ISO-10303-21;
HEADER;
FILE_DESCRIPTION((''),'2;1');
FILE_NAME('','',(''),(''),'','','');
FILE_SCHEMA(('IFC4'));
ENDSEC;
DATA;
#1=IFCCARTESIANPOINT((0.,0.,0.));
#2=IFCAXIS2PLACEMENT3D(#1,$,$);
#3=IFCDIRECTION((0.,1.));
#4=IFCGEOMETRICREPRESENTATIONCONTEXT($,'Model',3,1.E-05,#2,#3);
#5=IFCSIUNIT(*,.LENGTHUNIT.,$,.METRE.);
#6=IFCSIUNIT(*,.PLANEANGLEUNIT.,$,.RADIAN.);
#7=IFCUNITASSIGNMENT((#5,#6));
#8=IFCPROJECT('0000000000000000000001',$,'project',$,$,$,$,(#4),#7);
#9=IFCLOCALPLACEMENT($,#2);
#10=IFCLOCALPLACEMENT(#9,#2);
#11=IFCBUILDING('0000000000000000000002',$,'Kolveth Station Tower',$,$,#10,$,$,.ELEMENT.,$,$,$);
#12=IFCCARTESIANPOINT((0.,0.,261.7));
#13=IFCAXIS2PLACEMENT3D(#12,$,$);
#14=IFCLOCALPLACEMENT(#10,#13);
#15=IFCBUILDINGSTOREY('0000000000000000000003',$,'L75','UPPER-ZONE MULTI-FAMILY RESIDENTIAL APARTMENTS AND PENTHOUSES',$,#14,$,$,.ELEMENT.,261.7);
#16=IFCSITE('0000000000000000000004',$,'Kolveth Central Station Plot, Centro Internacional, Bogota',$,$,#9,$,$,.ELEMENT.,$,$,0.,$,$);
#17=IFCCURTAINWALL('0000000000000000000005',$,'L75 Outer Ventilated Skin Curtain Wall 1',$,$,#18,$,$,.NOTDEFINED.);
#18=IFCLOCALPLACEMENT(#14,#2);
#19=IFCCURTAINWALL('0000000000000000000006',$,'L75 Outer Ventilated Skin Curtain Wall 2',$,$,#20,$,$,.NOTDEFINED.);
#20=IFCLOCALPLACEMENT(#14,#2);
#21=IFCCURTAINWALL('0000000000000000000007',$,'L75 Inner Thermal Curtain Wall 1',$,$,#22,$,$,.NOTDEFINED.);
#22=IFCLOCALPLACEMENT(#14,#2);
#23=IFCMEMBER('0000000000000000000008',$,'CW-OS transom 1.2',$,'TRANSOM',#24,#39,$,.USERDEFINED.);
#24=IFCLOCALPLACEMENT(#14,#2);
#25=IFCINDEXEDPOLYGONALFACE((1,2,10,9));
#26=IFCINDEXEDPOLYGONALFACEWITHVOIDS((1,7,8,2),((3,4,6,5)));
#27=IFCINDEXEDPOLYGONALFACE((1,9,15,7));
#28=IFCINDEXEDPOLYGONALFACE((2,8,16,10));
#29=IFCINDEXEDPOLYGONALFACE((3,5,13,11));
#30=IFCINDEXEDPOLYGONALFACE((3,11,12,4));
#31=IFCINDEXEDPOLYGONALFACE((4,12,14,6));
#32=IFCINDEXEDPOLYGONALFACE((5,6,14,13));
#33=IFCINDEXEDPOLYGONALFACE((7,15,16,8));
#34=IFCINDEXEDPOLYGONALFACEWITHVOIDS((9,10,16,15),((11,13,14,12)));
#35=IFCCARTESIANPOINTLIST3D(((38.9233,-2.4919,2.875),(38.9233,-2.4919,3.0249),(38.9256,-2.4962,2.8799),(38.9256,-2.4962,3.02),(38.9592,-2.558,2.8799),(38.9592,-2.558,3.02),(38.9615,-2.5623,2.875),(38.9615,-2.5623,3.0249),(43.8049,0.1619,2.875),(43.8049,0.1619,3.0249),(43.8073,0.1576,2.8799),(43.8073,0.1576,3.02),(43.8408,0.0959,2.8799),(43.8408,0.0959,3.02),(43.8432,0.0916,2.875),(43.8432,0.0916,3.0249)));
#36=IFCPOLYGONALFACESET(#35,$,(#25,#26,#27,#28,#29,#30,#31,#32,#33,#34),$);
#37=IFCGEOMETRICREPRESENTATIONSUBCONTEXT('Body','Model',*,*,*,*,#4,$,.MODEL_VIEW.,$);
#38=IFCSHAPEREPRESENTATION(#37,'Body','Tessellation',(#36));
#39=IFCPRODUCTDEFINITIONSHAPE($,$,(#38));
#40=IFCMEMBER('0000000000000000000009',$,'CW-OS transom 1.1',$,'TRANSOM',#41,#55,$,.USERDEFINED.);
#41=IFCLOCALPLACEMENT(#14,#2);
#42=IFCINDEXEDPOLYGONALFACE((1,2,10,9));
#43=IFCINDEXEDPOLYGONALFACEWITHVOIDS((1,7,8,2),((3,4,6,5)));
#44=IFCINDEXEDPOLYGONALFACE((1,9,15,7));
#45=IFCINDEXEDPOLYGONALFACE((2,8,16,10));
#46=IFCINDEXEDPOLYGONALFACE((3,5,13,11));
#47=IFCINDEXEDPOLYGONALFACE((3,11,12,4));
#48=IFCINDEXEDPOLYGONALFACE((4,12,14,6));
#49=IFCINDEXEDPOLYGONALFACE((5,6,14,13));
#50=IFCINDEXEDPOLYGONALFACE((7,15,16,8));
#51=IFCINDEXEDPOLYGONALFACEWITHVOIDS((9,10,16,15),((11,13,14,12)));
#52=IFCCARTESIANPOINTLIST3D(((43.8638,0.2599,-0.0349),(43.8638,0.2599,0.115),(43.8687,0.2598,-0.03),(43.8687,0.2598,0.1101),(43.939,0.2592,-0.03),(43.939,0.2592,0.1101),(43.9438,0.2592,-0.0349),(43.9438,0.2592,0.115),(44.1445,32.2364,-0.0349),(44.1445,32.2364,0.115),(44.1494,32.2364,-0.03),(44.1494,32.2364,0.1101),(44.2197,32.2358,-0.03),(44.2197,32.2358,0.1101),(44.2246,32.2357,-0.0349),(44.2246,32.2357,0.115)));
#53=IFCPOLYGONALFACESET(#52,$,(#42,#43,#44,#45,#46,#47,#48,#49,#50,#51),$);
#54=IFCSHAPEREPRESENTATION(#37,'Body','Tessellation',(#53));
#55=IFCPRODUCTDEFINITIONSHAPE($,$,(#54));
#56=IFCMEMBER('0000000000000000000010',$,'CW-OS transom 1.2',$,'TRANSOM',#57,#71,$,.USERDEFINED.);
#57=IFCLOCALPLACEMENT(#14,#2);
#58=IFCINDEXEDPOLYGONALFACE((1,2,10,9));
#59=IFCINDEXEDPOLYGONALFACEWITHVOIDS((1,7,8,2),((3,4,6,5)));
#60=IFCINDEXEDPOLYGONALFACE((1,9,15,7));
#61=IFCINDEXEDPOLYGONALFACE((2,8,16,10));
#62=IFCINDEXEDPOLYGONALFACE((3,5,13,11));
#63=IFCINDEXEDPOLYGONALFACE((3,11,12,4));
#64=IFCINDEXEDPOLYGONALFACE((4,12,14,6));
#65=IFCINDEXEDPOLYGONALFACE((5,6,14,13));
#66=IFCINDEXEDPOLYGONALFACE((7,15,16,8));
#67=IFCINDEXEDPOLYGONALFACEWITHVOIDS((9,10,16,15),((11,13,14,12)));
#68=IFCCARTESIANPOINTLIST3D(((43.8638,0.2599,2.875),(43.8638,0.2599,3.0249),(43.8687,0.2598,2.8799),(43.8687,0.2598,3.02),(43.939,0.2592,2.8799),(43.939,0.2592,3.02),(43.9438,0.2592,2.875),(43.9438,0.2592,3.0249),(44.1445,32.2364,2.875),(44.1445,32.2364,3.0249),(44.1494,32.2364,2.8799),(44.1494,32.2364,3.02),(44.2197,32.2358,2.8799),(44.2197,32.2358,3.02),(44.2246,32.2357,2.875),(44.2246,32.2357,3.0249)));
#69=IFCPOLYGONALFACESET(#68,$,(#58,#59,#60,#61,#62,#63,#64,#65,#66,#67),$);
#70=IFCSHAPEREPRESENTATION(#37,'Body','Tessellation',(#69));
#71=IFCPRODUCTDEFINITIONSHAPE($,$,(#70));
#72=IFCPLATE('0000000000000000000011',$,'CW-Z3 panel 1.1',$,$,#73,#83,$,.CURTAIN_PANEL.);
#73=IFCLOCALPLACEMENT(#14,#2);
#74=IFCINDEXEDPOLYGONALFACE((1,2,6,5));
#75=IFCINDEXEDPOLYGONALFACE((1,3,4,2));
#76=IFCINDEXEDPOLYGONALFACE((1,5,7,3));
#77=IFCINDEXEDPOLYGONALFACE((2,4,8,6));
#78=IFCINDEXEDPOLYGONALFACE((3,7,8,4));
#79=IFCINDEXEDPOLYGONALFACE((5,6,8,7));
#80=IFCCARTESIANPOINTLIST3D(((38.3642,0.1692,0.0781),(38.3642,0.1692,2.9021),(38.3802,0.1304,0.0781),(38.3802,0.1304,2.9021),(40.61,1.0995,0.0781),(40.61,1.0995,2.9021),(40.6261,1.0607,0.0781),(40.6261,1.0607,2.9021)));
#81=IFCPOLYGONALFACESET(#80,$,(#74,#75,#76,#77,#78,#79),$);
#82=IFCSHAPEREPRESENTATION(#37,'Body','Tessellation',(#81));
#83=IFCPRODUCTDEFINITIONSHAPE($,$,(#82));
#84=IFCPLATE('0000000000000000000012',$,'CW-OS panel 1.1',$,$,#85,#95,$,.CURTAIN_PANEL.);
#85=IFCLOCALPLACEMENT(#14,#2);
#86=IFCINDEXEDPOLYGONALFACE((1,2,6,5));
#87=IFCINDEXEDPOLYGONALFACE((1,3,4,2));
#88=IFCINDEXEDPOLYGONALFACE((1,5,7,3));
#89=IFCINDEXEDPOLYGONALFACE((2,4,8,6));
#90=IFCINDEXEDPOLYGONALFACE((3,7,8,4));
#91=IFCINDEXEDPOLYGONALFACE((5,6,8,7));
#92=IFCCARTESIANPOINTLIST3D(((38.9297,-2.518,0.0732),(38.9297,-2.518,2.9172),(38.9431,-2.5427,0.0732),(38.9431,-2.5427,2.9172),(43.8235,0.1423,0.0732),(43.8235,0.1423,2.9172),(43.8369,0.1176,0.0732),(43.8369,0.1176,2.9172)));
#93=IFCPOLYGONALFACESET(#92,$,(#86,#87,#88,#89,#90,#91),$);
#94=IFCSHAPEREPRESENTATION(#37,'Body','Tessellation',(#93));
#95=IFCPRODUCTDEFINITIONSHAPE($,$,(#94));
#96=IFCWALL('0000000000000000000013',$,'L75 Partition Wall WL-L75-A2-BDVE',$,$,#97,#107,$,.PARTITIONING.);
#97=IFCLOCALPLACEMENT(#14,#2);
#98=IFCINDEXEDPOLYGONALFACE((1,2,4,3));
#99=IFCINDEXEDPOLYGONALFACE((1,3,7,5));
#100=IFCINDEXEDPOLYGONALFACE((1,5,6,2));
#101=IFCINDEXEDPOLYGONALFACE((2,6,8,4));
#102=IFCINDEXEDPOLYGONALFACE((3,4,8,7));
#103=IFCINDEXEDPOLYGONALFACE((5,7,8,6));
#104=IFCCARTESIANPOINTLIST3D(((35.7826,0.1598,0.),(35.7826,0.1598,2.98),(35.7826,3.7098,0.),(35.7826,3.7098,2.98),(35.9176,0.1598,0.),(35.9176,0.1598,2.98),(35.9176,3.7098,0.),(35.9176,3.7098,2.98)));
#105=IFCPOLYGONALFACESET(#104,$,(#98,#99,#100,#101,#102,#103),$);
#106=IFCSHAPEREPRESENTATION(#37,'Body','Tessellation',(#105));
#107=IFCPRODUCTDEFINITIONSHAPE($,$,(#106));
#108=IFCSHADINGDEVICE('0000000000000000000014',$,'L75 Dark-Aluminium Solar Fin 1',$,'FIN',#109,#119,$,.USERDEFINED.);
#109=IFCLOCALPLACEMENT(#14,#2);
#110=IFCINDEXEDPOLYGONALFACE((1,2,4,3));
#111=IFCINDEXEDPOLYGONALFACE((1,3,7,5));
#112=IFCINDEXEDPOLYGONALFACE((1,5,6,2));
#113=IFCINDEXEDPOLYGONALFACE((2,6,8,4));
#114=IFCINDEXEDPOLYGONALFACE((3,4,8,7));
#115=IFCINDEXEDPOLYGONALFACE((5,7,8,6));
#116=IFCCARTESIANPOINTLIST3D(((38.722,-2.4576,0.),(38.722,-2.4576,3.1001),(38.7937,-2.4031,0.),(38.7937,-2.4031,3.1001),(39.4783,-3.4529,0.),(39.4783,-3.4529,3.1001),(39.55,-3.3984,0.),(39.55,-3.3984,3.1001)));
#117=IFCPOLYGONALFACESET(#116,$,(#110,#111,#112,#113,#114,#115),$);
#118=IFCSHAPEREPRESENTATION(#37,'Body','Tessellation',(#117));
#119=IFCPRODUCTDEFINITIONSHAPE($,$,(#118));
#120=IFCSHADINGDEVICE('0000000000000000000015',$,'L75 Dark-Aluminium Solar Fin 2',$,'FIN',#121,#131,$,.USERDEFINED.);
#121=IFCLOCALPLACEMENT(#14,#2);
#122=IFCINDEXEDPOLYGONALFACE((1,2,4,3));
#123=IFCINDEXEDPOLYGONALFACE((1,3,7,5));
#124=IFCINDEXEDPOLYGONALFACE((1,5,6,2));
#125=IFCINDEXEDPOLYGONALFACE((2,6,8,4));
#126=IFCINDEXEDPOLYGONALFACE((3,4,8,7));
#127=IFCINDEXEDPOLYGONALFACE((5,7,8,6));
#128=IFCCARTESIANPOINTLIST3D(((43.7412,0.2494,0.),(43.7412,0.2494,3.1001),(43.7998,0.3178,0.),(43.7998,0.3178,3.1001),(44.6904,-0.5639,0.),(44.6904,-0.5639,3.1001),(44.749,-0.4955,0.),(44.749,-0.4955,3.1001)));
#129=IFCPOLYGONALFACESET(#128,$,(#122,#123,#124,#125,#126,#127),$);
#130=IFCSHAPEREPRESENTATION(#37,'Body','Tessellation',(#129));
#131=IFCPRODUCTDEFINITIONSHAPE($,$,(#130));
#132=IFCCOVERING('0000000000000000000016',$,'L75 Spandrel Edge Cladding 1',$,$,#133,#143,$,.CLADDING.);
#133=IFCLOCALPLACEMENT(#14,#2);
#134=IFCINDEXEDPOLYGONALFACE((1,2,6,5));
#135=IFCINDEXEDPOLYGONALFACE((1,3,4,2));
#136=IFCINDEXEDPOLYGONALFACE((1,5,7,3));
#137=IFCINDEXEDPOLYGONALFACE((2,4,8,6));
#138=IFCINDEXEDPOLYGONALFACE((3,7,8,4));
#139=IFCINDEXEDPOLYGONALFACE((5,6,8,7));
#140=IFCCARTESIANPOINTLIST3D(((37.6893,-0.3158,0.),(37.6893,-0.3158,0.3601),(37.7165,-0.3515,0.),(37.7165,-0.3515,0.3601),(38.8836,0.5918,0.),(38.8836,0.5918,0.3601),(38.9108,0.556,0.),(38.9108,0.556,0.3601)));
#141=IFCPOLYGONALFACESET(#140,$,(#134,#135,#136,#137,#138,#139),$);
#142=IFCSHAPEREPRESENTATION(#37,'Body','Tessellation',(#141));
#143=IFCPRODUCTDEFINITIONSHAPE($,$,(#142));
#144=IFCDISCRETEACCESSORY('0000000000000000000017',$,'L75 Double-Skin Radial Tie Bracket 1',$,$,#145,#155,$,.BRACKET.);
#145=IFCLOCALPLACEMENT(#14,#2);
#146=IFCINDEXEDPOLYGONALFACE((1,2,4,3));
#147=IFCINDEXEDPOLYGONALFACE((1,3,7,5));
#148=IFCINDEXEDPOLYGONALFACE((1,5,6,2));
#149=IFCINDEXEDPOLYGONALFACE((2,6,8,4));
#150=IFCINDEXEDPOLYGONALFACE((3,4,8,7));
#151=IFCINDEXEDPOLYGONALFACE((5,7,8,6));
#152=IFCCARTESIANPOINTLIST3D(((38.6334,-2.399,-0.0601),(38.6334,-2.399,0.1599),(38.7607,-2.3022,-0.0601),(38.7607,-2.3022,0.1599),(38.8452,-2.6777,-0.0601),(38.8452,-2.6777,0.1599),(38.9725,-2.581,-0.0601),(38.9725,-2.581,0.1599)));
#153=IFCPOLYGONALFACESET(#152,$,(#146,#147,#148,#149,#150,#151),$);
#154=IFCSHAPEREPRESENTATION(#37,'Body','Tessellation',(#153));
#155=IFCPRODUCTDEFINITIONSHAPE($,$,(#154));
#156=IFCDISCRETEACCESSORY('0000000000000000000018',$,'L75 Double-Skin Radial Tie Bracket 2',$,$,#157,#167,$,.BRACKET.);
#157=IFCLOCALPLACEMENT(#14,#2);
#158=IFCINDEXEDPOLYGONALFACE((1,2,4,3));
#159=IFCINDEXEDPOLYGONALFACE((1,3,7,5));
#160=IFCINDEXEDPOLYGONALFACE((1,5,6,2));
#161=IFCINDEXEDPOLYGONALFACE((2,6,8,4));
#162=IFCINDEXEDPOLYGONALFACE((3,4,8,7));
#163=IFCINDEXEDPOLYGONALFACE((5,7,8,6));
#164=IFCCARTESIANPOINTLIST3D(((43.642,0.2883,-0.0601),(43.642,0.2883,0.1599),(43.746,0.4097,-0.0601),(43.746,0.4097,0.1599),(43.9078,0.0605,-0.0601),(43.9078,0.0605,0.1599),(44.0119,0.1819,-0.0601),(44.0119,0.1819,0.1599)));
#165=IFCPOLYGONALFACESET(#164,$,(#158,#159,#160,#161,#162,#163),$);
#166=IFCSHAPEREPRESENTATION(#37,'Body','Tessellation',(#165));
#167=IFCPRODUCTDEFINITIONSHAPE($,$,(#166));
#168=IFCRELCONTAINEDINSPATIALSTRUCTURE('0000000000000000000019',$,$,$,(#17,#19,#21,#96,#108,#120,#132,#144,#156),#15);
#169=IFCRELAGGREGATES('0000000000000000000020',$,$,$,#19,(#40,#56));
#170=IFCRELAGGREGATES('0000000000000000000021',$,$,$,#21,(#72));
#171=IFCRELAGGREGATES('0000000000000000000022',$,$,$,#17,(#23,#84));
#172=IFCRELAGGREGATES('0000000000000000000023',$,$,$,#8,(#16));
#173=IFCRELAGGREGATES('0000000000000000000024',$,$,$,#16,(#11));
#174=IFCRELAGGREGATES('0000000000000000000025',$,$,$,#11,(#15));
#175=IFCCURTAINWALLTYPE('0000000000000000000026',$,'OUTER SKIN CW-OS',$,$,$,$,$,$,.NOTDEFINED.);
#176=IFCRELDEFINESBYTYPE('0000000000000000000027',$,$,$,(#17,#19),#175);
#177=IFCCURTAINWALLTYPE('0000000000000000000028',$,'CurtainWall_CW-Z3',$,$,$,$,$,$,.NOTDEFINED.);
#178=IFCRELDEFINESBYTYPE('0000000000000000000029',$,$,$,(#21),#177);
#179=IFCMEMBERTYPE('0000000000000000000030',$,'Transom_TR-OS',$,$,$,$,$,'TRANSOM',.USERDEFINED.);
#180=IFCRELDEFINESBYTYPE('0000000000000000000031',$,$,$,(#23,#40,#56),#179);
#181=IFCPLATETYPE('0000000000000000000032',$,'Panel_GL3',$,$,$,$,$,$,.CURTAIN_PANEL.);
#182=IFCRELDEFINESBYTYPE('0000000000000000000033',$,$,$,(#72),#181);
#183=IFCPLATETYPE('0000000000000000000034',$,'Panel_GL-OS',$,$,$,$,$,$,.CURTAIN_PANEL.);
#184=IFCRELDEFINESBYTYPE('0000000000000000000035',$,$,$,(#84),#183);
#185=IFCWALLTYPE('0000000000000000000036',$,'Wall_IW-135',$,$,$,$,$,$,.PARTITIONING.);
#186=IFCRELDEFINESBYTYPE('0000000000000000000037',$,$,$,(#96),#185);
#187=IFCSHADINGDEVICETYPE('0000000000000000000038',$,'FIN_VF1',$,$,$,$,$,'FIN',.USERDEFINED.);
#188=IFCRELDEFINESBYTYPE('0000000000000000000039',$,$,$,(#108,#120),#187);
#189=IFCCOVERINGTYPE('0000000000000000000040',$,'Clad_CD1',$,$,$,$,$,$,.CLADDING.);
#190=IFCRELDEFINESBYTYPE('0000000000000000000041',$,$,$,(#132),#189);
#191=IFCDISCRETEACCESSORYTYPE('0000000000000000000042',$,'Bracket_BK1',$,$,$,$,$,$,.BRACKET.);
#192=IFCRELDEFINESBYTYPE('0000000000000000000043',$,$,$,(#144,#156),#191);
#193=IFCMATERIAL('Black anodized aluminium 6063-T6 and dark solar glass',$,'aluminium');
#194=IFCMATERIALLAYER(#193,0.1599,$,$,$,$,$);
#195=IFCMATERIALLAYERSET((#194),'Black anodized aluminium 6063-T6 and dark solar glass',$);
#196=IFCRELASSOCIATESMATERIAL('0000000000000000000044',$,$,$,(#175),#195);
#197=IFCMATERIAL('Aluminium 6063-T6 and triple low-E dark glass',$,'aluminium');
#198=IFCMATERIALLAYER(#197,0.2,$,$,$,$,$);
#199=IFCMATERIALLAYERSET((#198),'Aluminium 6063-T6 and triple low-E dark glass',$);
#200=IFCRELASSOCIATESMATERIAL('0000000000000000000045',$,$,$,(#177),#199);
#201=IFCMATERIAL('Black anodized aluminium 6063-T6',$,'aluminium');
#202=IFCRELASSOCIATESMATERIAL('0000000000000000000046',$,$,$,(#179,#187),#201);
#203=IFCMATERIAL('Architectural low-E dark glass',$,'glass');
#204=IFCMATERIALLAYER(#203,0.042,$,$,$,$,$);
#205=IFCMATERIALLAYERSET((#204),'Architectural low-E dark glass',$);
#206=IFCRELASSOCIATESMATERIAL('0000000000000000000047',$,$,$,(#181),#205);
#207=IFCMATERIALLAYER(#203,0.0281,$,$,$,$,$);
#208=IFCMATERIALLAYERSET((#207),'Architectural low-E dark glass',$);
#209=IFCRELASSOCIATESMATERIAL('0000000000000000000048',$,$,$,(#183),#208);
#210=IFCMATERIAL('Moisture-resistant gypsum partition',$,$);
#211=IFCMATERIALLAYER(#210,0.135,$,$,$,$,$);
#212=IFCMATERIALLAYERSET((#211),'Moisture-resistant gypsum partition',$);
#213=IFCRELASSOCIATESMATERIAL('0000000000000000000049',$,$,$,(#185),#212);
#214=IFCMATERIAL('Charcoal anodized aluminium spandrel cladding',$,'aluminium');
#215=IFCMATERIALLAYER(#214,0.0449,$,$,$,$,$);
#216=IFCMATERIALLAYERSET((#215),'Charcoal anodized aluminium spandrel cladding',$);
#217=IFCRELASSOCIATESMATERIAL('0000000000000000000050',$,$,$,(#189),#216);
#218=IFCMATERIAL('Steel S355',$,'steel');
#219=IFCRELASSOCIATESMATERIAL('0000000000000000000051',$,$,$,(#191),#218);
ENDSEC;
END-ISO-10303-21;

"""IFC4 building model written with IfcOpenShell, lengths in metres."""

from ifc_helpers import new_model, si_unit, direction, frame, frame_2d, origin, origin_2d, place, context, subcontext, project, spatial, rectangle, hollow_rectangle, extrude, source, transform, mapped, material, layer, layer_set, material_profile, profile_set, type_object, element, aggregate, save


model = new_model("IFC4")

# Units and contexts
model_context = context("Model", 3, precision=1e-05, world=origin(), true_north=direction((0.0, 1.0)))
body_context = subcontext(model_context, "Body", "Model", "MODEL_VIEW")
ifc_project = project(units=[si_unit("LENGTHUNIT", "METRE"), si_unit("PLANEANGLEUNIT", "RADIAN")], contexts=[model_context])

# Site, building, storey
site_placement = place(None, origin())
site = spatial("IfcSite", under=ifc_project, at=site_placement, Name="Kolveth Central Station Plot, Centro Internacional, Bogota", CompositionType="ELEMENT", RefElevation=0.0)
building_placement = place(site_placement, origin())
building = spatial("IfcBuilding", under=site, at=building_placement, Name="Kolveth Station Tower", CompositionType="ELEMENT")
storey_placement = place(building_placement, frame((0.0, 0.0, 261.7)))
storey = spatial("IfcBuildingStorey", under=building, at=storey_placement, Name="L75", Description="UPPER-ZONE MULTI-FAMILY RESIDENTIAL APARTMENTS AND PENTHOUSES", CompositionType="ELEMENT", Elevation=261.7)

# Curtain wall
ifc_material_1 = material(Name="Black anodized aluminium 6063-T6 and dark solar glass", Category="aluminium")
ifc_layer_1 = layer(ifc_material_1, 0.1599)
ifc_layer_set_1 = layer_set([ifc_layer_1], Name="Black anodized aluminium 6063-T6 and dark solar glass")
curtain_wall_type_1 = type_object("IfcCurtainWallType", Name="OUTER SKIN CW-OS", PredefinedType="NOTDEFINED", material=ifc_layer_set_1)
curtain_wall_1_placement = place(storey_placement, origin())
curtain_wall_1 = element("IfcCurtainWall", 1, at=curtain_wall_1_placement, inside=storey, type_object=curtain_wall_type_1, Name="L75 Outer Ventilated Skin Curtain Wall 1", PredefinedType="NOTDEFINED")
ifc_material_2 = material(Name="Black anodized aluminium 6063-T6", Category="aluminium")

# Curtain wall
curtain_wall_2_placement = place(storey_placement, origin())
curtain_wall_2 = element("IfcCurtainWall", 2, at=curtain_wall_2_placement, inside=storey, type_object=curtain_wall_type_1, Name="L75 Outer Ventilated Skin Curtain Wall 2", PredefinedType="NOTDEFINED")

# Curtain wall
ifc_material_3 = material(Name="Aluminium 6063-T6 and triple low-E dark glass", Category="aluminium")
ifc_layer_2 = layer(ifc_material_3, 0.2)
ifc_layer_set_2 = layer_set([ifc_layer_2], Name="Aluminium 6063-T6 and triple low-E dark glass")
curtain_wall_type_2 = type_object("IfcCurtainWallType", Name="CurtainWall_CW-Z3", PredefinedType="NOTDEFINED", material=ifc_layer_set_2)
curtain_wall_3_placement = place(storey_placement, origin())
curtain_wall_3 = element("IfcCurtainWall", 3, at=curtain_wall_3_placement, inside=storey, type_object=curtain_wall_type_2, Name="L75 Inner Thermal Curtain Wall 1", PredefinedType="NOTDEFINED")

# Members
ifc_material_profile_1 = material_profile(ifc_material_2, hollow_rectangle(XDim=0.0801, YDim=0.1499, WallThickness=0.0049, at=origin_2d()), Name="ALU-80x150x5")
ifc_profile_set_1 = profile_set([ifc_material_profile_1], Name="Black anodized aluminium 6063-T6")
member_type_1 = type_object("IfcMemberType", Name="Transom_TR-OS", ElementType="TRANSOM", PredefinedType="USERDEFINED", material=ifc_profile_set_1)
shared_shape_1 = source(origin(), body_context, "Body", "SweptSolid", [
    extrude(hollow_rectangle(XDim=0.0801, YDim=0.1499, WallThickness=0.0049, at=origin_2d()), origin(), (0.0, 0.0, 1.0), 5.5564),
])
member_1_placement = place(storey_placement, frame((38.9424, -2.5271, 2.95), z_axis=(0.878566, 0.47762, 0.0), x_axis=(-0.47762, 0.878566, 0.0)))
member_1 = element("IfcMember", 4, at=member_1_placement, type_object=member_type_1, Name="CW-OS transom 1.2", ObjectType="TRANSOM", PredefinedType="USERDEFINED", context=body_context, shape_type="MappedRepresentation", body=[
    mapped(shared_shape_1, transform((0.0, 0.0, 0.0), x_axis=(1.0, 0.0, 0.0), y_axis=(0.0, 1.0, 0.0), z_axis=(0.0, 0.0, 1.0), scale=1.0)),
])
shared_shape_2 = source(origin(), body_context, "Body", "SweptSolid", [
    extrude(hollow_rectangle(XDim=0.0801, YDim=0.1499, WallThickness=0.0049, at=origin_2d()), origin(), (0.0, 0.0, 1.0), 31.9778),
])
member_2_placement = place(storey_placement, frame((43.9038, 0.2595, 0.04), z_axis=(0.00878, 0.999961, 0.0), x_axis=(-0.999961, 0.00878, 0.0)))
member_2 = element("IfcMember", 5, at=member_2_placement, type_object=member_type_1, Name="CW-OS transom 1.1", ObjectType="TRANSOM", PredefinedType="USERDEFINED", context=body_context, shape_type="MappedRepresentation", body=[
    mapped(shared_shape_2, transform((0.0, 0.0, 0.0), x_axis=(1.0, 0.0, 0.0), y_axis=(0.0, 1.0, 0.0), z_axis=(0.0, 0.0, 1.0), scale=1.0)),
])
member_3_placement = place(storey_placement, frame((43.9038, 0.2595, 2.95), z_axis=(0.00878, 0.999961, 0.0), x_axis=(-0.999961, 0.00878, 0.0)))
member_3 = element("IfcMember", 6, at=member_3_placement, type_object=member_type_1, Name="CW-OS transom 1.2", ObjectType="TRANSOM", PredefinedType="USERDEFINED", context=body_context, shape_type="MappedRepresentation", body=[
    mapped(shared_shape_2, transform((0.0, 0.0, 0.0), x_axis=(1.0, 0.0, 0.0), y_axis=(0.0, 1.0, 0.0), z_axis=(0.0, 0.0, 1.0), scale=1.0)),
])
aggregate(curtain_wall_2, [member_2, member_3])

# Plates
ifc_material_4 = material(Name="Architectural low-E dark glass", Category="glass")
ifc_layer_3 = layer(ifc_material_4, 0.042)
ifc_layer_set_3 = layer_set([ifc_layer_3], Name="Architectural low-E dark glass")
plate_type_1 = type_object("IfcPlateType", Name="Panel_GL3", PredefinedType="CURTAIN_PANEL", material=ifc_layer_set_3)
shared_shape_3 = source(origin(), body_context, "Body", "SweptSolid", [
    extrude(rectangle(XDim=2.4309, YDim=0.042, at=origin_2d()), origin(), (0.0, 0.0, 1.0), 2.824),
])
plate_1_placement = place(storey_placement, frame((39.4951, 0.615, 0.0781), z_axis=(0.0, 0.0, 1.0), x_axis=(0.923875, 0.382693, 0.0)))
plate_1 = element("IfcPlate", 7, at=plate_1_placement, type_object=plate_type_1, Name="CW-Z3 panel 1.1", PredefinedType="CURTAIN_PANEL", context=body_context, shape_type="MappedRepresentation", body=[
    mapped(shared_shape_3, transform((0.0, 0.0, 0.0), x_axis=(1.0, 0.0, 0.0), y_axis=(0.0, 1.0, 0.0), z_axis=(0.0, 0.0, 1.0), scale=1.0)),
])
aggregate(curtain_wall_3, [plate_1])
ifc_layer_4 = layer(ifc_material_4, 0.0281)
ifc_layer_set_4 = layer_set([ifc_layer_4], Name="Architectural low-E dark glass")
plate_type_2 = type_object("IfcPlateType", Name="Panel_GL-OS", PredefinedType="CURTAIN_PANEL", material=ifc_layer_set_4)
shared_shape_4 = source(origin(), body_context, "Body", "SweptSolid", [
    extrude(rectangle(XDim=5.5701, YDim=0.0281, at=origin_2d()), origin(), (0.0, 0.0, 1.0), 2.844),
])
plate_2_placement = place(storey_placement, frame((41.3833, -1.2002, 0.0732), z_axis=(0.0, 0.0, 1.0), x_axis=(0.878574, 0.477606, 0.0)))
plate_2 = element("IfcPlate", 8, at=plate_2_placement, type_object=plate_type_2, Name="CW-OS panel 1.1", PredefinedType="CURTAIN_PANEL", context=body_context, shape_type="MappedRepresentation", body=[
    mapped(shared_shape_4, transform((0.0, 0.0, 0.0), x_axis=(1.0, 0.0, 0.0), y_axis=(0.0, 1.0, 0.0), z_axis=(0.0, 0.0, 1.0), scale=1.0)),
])
aggregate(curtain_wall_1, [member_1, plate_2])

# Wall
ifc_material_5 = material(Name="Moisture-resistant gypsum partition")
ifc_layer_5 = layer(ifc_material_5, 0.135)
ifc_layer_set_5 = layer_set([ifc_layer_5], Name="Moisture-resistant gypsum partition")
wall_type = type_object("IfcWallType", Name="Wall_IW-135", PredefinedType="PARTITIONING", material=ifc_layer_set_5)
wall_placement = place(storey_placement, frame((35.8501, 0.1599, 0.0), z_axis=(0.0, 0.0, 1.0), x_axis=(0.0, 1.0, 0.0)))
element("IfcWall", 9, at=wall_placement, inside=storey, type_object=wall_type, Name="L75 Partition Wall WL-L75-A2-BDVE", PredefinedType="PARTITIONING", context=body_context, shape_type="SweptSolid", body=[
    extrude(rectangle(XDim=3.55, YDim=0.135, at=frame_2d((1.7749, 0.0))), origin(), (0.0, 0.0, 1.0), 2.98),
])

# Shading devices
shading_device_type = type_object("IfcShadingDeviceType", Name="FIN_VF1", ElementType="FIN", PredefinedType="USERDEFINED", material=ifc_material_2)
shared_shape_5 = source(origin(), body_context, "Body", "SweptSolid", [
    extrude(rectangle(XDim=1.25, YDim=0.0901, at=origin_2d()), origin(), (0.0, 0.0, 1.0), 3.1001),
])
for number, where, z_axis, x_axis, name in (
    (10, (39.136, -2.928, 0.0), (0.0, 0.0, 1.0), (0.605016, -0.796213, 0.0), "L75 Dark-Aluminium Solar Fin 1"),
    (11, (44.2451, -0.123, 0.0), (0.0, 0.0, 1.0), (0.759385, -0.650642, 0.0), "L75 Dark-Aluminium Solar Fin 2"),
):
    element("IfcShadingDevice", number, at=place(storey_placement, frame(where, z_axis=z_axis, x_axis=x_axis)), inside=storey, type_object=shading_device_type, Name=name, ObjectType="FIN", PredefinedType="USERDEFINED", context=body_context, shape_type="MappedRepresentation", body=[
        mapped(shared_shape_5, transform((0.0, 0.0, 0.0), x_axis=(1.0, 0.0, 0.0), y_axis=(0.0, 1.0, 0.0), z_axis=(0.0, 0.0, 1.0), scale=1.0)),
    ])

# Covering
ifc_material_6 = material(Name="Charcoal anodized aluminium spandrel cladding", Category="aluminium")
ifc_layer_6 = layer(ifc_material_6, 0.0449)
ifc_layer_set_6 = layer_set([ifc_layer_6], Name="Charcoal anodized aluminium spandrel cladding")
covering_type = type_object("IfcCoveringType", Name="Clad_CD1", PredefinedType="CLADDING", material=ifc_layer_set_6)
shared_shape_6 = source(origin(), body_context, "Body", "SweptSolid", [
    extrude(rectangle(XDim=1.5, YDim=0.0449, at=origin_2d()), origin(), (0.0, 0.0, 1.0), 0.3601),
])
covering_placement = place(storey_placement, frame((38.3, 0.1201, 0.0), z_axis=(0.0, 0.0, 1.0), x_axis=(0.796213, 0.605016, 0.0)))
element("IfcCovering", 12, at=covering_placement, inside=storey, type_object=covering_type, Name="L75 Spandrel Edge Cladding 1", PredefinedType="CLADDING", context=body_context, shape_type="MappedRepresentation", body=[
    mapped(shared_shape_6, transform((0.0, 0.0, 0.0), x_axis=(1.0, 0.0, 0.0), y_axis=(0.0, 1.0, 0.0), z_axis=(0.0, 0.0, 1.0), scale=1.0)),
])

# Discrete accessories
ifc_material_7 = material(Name="Steel S355", Category="steel")
discrete_accessory_type = type_object("IfcDiscreteAccessoryType", Name="Bracket_BK1", PredefinedType="BRACKET", material=ifc_material_7)
shared_shape_7 = source(origin(), body_context, "Body", "SweptSolid", [
    extrude(rectangle(XDim=0.3501, YDim=0.1599, at=origin_2d()), origin(), (0.0, 0.0, 1.0), 0.22),
])
for number, where, z_axis, x_axis, name in (
    (13, (38.803, -2.49, -0.0601), (0.0, 0.0, 1.0), (0.605016, -0.796213, 0.0), "L75 Double-Skin Radial Tie Bracket 1"),
    (14, (43.8269, 0.2351, -0.0601), (0.0, 0.0, 1.0), (0.759385, -0.650642, 0.0), "L75 Double-Skin Radial Tie Bracket 2"),
):
    element("IfcDiscreteAccessory", number, at=place(storey_placement, frame(where, z_axis=z_axis, x_axis=x_axis)), inside=storey, type_object=discrete_accessory_type, Name=name, PredefinedType="BRACKET", context=body_context, shape_type="MappedRepresentation", body=[
        mapped(shared_shape_7, transform((0.0, 0.0, 0.0), x_axis=(1.0, 0.0, 0.0), y_axis=(0.0, 1.0, 0.0), z_axis=(0.0, 0.0, 1.0), scale=1.0)),
    ])

save(model, "model.ifc")
